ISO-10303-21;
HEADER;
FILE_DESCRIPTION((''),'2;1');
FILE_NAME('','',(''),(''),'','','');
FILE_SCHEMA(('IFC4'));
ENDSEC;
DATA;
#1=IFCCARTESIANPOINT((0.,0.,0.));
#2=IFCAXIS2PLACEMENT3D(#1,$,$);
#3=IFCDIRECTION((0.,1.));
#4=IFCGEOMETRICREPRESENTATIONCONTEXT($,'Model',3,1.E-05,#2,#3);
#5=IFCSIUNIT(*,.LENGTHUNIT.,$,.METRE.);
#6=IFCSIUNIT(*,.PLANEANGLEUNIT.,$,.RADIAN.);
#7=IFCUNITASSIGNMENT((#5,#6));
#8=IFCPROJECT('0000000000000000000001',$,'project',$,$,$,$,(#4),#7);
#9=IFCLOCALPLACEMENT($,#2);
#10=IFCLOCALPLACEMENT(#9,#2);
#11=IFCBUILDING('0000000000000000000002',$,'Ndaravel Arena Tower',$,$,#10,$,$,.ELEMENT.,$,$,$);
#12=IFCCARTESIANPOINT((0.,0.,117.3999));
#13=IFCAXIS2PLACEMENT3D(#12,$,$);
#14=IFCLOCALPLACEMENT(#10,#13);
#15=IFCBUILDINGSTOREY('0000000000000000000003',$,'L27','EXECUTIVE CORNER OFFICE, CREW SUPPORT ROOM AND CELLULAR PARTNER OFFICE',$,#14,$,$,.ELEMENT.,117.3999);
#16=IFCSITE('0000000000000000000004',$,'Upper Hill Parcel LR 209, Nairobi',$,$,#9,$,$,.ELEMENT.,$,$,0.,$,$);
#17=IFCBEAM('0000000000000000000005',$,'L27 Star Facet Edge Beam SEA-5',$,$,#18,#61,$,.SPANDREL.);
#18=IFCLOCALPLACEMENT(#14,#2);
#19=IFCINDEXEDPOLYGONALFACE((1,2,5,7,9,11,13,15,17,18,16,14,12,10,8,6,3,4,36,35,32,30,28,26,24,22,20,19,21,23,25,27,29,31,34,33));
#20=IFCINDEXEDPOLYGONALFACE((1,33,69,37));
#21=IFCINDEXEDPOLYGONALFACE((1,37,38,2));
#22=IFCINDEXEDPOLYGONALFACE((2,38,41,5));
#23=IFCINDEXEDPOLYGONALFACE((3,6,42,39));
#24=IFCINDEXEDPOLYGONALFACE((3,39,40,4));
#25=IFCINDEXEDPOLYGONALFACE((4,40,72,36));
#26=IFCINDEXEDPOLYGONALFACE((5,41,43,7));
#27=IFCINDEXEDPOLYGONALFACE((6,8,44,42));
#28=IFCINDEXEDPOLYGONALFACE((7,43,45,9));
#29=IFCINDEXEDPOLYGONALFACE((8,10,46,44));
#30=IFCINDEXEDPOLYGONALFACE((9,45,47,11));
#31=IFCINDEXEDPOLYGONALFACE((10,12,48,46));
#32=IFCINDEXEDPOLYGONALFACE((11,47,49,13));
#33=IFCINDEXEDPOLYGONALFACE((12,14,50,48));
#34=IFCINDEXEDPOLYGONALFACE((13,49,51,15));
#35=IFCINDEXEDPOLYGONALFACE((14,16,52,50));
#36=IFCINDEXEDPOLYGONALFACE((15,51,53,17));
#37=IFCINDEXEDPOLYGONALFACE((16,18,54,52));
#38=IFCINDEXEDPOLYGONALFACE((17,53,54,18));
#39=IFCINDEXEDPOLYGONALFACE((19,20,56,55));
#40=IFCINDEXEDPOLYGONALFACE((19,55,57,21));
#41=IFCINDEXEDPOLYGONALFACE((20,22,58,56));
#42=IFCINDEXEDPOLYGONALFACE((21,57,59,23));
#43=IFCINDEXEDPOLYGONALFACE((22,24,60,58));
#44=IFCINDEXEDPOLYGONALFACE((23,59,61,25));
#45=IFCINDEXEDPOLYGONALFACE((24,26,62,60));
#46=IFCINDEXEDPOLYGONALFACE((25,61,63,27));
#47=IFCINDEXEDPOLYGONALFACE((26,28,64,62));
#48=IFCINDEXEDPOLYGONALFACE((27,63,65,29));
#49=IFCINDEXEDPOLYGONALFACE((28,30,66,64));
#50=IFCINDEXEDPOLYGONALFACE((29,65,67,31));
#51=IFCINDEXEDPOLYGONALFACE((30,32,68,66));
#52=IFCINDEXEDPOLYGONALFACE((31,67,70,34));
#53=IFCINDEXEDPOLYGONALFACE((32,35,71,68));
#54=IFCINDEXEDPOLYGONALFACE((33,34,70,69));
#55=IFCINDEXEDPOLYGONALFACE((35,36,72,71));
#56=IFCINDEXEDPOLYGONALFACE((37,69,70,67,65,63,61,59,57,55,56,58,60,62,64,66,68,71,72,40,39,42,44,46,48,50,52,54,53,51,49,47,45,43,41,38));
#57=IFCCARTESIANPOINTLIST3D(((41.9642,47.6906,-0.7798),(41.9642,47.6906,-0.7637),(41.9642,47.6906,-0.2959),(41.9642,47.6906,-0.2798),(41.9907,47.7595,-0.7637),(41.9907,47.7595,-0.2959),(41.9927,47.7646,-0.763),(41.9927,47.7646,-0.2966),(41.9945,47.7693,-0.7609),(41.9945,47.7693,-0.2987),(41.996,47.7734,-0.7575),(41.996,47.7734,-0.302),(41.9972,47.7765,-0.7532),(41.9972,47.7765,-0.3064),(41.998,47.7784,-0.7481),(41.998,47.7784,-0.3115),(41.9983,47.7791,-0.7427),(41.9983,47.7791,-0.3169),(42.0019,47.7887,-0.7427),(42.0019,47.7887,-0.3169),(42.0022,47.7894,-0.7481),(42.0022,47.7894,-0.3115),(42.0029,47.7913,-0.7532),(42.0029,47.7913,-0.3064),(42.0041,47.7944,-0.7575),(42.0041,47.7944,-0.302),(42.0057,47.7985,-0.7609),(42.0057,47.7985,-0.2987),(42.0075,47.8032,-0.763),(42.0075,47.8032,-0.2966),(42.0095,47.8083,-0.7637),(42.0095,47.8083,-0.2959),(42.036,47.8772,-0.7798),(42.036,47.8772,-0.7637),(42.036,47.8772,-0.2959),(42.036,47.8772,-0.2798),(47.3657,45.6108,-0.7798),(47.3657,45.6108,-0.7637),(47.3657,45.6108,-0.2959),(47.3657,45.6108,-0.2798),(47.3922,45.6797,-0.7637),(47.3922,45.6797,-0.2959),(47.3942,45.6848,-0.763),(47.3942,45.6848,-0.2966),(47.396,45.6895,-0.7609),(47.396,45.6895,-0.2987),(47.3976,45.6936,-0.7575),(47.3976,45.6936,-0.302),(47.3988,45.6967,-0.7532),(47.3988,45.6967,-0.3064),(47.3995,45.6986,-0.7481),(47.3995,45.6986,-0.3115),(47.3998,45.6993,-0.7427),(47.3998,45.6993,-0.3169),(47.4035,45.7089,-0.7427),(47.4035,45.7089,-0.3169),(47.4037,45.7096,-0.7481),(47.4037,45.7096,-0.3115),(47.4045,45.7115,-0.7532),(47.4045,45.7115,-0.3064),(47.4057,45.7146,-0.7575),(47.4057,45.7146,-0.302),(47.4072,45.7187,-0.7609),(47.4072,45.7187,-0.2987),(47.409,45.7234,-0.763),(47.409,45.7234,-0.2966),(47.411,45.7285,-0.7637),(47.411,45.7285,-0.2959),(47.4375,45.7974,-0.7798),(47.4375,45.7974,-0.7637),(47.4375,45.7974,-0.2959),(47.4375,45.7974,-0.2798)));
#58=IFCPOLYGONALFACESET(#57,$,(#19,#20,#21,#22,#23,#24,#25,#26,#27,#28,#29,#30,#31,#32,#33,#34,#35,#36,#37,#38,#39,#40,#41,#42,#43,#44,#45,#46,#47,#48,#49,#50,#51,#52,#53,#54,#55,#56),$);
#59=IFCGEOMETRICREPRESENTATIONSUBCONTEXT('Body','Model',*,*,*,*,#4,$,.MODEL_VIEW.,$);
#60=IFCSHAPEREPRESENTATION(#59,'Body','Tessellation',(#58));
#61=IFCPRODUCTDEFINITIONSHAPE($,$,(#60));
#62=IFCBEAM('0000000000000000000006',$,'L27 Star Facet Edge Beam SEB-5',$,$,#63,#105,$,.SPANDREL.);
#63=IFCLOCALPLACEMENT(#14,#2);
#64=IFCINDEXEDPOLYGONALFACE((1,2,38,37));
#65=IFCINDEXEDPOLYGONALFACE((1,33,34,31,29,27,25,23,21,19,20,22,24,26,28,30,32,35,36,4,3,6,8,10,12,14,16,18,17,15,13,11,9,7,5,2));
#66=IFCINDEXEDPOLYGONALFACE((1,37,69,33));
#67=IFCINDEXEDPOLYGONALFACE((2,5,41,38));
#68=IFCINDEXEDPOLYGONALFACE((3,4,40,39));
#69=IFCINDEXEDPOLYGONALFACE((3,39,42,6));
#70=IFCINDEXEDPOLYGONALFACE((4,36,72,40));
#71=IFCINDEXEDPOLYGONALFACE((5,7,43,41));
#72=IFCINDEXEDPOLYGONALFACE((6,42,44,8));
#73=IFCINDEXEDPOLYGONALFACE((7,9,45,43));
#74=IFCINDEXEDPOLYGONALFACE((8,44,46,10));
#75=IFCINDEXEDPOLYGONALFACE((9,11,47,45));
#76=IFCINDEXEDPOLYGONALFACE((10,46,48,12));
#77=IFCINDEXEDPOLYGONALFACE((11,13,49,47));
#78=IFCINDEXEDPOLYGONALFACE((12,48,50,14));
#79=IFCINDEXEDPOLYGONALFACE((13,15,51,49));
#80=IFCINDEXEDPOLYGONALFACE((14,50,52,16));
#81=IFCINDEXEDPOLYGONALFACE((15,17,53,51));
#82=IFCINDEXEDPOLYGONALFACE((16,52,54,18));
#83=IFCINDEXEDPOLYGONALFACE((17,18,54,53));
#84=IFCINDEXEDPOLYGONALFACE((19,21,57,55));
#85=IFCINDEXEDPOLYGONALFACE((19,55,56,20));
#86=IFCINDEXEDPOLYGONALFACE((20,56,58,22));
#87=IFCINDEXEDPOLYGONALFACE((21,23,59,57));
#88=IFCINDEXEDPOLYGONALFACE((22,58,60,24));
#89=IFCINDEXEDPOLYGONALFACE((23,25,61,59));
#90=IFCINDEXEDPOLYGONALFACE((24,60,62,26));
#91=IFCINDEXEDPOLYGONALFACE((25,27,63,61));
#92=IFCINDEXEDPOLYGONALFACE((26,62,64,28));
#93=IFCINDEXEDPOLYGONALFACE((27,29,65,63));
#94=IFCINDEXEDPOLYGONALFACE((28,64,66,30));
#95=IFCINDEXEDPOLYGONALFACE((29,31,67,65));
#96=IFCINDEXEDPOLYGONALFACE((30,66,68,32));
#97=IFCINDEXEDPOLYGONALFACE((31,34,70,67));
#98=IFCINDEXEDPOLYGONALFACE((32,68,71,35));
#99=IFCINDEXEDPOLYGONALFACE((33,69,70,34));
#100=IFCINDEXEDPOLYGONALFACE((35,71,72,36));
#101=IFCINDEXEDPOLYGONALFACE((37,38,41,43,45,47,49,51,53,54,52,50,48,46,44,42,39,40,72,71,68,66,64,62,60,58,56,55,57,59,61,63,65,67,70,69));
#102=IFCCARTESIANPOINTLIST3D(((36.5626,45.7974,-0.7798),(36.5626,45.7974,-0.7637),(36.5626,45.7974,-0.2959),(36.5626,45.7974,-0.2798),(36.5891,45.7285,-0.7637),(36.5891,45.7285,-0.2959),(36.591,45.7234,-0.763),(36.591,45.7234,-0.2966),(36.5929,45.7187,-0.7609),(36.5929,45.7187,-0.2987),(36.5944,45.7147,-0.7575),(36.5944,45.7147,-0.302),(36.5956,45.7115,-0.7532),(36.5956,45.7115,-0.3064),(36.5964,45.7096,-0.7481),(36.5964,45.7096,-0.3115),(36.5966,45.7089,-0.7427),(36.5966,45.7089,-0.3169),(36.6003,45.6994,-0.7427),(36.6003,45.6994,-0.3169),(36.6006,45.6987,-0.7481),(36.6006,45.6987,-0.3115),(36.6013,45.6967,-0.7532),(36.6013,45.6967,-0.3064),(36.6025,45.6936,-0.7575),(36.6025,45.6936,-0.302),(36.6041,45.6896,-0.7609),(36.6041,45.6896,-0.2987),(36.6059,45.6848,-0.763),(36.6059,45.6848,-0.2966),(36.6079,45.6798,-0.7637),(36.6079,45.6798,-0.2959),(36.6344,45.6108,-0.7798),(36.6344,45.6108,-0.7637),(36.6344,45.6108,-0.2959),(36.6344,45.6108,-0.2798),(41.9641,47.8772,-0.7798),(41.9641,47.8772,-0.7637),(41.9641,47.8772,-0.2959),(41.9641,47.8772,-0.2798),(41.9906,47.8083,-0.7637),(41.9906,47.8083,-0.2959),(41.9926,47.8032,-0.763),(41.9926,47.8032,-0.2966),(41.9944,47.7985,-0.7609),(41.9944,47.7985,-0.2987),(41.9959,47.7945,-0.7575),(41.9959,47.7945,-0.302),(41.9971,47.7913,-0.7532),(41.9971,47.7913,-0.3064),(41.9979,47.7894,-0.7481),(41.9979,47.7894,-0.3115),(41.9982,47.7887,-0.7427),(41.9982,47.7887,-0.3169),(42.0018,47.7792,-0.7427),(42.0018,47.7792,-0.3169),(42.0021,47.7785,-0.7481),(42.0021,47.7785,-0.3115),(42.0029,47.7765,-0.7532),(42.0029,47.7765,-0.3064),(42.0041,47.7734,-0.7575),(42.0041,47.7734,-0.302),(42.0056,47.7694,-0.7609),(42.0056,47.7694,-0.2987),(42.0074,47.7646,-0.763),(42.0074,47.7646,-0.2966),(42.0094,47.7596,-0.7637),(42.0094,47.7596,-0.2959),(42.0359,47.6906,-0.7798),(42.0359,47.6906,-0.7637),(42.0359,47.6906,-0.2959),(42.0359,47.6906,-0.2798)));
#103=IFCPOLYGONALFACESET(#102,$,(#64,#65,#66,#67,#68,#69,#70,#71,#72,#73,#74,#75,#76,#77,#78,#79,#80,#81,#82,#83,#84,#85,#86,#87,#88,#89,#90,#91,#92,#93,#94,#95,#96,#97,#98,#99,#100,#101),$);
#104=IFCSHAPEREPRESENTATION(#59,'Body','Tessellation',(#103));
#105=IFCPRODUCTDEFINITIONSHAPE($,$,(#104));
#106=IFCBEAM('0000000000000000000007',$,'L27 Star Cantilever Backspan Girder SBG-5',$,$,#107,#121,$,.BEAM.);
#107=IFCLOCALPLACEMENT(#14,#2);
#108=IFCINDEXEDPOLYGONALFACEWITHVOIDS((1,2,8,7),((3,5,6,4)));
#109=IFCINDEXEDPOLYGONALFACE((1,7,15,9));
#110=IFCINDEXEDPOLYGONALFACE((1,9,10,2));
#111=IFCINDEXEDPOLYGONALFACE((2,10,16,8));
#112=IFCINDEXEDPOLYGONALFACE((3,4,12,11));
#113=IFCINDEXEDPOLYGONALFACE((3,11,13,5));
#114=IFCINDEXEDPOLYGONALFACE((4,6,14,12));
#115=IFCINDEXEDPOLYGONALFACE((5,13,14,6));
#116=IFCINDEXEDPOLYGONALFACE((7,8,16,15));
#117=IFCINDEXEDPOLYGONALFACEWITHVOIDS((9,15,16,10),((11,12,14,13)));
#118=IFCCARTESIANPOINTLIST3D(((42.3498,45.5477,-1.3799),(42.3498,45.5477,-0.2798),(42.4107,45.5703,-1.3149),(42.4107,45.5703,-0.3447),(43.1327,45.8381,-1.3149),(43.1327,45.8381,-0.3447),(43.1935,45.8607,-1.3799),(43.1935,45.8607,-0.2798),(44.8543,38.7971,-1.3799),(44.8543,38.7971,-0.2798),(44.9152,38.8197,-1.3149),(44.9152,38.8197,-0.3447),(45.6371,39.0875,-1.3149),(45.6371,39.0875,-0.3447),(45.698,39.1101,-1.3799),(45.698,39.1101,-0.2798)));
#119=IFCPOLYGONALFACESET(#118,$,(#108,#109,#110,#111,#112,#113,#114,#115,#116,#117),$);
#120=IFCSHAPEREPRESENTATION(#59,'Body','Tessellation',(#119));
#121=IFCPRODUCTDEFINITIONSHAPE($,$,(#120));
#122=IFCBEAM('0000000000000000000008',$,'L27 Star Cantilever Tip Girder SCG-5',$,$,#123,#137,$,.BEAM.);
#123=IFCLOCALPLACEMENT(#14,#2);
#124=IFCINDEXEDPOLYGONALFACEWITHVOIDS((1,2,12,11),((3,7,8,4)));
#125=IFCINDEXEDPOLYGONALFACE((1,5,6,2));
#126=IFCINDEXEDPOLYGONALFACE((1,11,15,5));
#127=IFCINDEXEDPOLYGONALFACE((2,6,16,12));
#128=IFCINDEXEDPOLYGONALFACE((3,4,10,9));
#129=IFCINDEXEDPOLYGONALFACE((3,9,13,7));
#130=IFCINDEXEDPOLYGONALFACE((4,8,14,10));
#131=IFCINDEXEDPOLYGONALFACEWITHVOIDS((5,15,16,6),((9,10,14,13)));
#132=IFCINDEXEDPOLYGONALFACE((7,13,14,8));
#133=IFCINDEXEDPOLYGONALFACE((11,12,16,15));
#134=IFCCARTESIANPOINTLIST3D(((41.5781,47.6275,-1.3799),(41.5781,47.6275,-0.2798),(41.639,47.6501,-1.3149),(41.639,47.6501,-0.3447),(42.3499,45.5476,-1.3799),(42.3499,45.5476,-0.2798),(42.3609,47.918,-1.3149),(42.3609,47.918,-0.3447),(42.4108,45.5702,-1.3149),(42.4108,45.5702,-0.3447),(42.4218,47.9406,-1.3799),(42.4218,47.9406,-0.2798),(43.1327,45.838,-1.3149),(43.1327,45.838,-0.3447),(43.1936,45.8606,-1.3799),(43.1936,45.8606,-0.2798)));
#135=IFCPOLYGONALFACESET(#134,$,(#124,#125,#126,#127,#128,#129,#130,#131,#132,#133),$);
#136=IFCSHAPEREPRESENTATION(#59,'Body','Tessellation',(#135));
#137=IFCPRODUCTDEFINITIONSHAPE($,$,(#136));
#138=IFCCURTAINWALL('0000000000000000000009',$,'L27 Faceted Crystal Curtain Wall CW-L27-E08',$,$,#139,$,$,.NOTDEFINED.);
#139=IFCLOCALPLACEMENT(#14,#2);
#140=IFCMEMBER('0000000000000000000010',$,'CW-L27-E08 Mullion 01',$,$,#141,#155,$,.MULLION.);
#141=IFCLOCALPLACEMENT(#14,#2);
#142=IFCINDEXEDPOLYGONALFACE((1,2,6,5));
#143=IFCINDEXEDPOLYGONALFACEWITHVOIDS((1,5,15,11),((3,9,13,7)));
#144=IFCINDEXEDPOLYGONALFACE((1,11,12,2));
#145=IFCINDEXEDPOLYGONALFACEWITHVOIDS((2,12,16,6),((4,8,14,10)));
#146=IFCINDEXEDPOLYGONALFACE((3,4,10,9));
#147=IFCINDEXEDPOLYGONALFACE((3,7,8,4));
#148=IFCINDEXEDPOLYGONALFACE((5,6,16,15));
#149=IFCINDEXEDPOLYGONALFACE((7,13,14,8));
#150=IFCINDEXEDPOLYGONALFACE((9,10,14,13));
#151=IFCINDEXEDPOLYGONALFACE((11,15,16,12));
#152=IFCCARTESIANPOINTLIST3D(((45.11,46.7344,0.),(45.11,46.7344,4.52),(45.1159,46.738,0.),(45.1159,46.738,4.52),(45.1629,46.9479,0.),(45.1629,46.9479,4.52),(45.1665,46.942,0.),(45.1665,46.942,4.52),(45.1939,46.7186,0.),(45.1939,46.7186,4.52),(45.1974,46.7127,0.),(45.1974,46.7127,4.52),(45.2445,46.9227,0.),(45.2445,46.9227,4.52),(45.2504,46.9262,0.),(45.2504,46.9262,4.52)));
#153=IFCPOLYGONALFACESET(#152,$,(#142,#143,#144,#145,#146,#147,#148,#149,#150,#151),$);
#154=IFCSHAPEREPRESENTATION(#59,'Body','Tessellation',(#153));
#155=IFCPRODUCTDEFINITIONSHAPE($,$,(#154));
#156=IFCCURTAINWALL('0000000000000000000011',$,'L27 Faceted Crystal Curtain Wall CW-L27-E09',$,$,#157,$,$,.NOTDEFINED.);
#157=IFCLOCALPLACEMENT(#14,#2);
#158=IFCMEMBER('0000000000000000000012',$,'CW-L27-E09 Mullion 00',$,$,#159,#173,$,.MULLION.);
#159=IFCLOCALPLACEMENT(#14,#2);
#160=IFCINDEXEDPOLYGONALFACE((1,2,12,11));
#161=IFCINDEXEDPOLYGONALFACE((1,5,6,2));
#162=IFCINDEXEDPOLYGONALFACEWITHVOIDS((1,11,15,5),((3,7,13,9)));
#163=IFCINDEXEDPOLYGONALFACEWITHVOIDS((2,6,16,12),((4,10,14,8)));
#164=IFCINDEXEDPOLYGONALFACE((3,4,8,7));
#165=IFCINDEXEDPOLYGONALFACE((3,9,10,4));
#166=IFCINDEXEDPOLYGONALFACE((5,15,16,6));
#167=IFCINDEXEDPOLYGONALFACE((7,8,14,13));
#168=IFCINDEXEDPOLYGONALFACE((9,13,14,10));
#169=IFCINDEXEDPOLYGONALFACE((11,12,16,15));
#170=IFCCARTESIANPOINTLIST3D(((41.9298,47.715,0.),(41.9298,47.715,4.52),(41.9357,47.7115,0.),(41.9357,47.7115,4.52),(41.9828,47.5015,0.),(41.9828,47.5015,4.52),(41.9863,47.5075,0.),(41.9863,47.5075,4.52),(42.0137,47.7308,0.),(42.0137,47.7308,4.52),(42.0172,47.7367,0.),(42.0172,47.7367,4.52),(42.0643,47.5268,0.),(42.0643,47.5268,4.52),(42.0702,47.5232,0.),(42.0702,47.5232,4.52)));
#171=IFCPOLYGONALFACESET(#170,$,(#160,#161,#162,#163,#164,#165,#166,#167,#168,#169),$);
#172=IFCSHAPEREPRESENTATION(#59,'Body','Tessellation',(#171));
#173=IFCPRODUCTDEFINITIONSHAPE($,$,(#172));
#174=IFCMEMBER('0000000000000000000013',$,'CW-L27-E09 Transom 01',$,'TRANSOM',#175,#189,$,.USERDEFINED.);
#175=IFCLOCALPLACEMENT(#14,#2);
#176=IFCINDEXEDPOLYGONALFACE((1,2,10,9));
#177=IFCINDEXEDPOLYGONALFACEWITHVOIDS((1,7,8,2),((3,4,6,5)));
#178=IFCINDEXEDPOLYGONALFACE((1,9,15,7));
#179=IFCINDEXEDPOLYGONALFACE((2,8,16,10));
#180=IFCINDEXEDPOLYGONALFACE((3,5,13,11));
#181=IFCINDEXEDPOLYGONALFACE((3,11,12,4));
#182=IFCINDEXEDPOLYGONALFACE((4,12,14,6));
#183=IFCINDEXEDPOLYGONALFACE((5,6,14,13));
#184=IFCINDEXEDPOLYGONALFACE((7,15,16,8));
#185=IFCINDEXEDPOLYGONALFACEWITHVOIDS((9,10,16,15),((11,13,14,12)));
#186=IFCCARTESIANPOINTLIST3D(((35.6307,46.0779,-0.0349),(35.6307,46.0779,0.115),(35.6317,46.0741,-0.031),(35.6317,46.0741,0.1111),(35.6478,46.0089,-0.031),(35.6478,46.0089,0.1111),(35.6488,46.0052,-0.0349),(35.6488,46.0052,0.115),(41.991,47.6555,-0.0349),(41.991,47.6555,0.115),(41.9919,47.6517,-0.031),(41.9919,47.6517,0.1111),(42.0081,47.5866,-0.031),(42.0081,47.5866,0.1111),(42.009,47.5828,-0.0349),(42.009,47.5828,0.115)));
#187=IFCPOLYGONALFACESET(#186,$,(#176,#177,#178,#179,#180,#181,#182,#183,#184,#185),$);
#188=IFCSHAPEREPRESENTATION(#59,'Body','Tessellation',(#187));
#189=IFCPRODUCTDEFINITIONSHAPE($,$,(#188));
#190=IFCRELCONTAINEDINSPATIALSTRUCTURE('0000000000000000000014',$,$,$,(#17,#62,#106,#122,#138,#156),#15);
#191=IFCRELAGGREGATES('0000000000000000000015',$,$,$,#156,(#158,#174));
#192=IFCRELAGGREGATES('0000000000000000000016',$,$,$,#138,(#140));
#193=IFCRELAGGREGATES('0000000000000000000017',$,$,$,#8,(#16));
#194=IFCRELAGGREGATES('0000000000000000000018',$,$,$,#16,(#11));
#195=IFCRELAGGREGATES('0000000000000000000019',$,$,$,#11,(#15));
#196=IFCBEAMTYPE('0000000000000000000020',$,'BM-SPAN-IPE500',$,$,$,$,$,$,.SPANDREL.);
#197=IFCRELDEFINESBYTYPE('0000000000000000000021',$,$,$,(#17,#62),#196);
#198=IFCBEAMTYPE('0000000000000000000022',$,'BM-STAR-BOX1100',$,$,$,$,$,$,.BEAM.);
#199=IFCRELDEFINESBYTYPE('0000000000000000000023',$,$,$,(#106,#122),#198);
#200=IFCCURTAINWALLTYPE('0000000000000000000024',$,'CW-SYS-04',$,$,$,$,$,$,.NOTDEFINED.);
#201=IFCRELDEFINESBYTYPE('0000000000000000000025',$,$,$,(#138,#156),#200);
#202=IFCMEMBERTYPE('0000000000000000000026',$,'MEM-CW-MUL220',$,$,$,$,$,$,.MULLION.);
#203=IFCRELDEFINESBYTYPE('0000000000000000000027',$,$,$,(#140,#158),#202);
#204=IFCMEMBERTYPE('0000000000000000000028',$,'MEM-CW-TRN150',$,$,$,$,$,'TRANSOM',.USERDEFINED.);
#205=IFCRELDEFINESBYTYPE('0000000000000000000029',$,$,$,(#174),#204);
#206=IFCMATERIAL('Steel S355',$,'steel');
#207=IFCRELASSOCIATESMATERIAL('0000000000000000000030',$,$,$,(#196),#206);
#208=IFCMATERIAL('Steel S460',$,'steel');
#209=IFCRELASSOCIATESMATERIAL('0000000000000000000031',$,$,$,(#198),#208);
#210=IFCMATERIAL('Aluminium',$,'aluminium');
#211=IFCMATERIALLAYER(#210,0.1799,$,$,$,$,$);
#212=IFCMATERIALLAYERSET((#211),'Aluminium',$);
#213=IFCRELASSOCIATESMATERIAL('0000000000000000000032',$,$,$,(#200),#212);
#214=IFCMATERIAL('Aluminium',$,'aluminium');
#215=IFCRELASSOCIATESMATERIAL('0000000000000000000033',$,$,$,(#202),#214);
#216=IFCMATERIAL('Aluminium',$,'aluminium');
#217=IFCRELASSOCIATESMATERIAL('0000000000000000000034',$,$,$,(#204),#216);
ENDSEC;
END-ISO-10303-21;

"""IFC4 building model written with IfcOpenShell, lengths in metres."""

from ifc_helpers import new_model, si_unit, direction, frame, origin, origin_2d, place, context, subcontext, project, spatial, hollow_rectangle, i_section, extrude, material, layer, layer_set, material_profile, profile_set, type_object, element, aggregate, save


model = new_model("IFC4")

# Units and contexts
model_context = context("Model", 3, precision=1e-05, world=origin(), true_north=direction((0.0, 1.0)))
body_context = subcontext(model_context, "Body", "Model", "MODEL_VIEW")
ifc_project = project(units=[si_unit("LENGTHUNIT", "METRE"), si_unit("PLANEANGLEUNIT", "RADIAN")], contexts=[model_context])

# Site, building, storey
site_placement = place(None, origin())
site = spatial("IfcSite", under=ifc_project, at=site_placement, Name="Upper Hill Parcel LR 209, Nairobi", CompositionType="ELEMENT", RefElevation=0.0)
building_placement = place(site_placement, origin())
building = spatial("IfcBuilding", under=site, at=building_placement, Name="Ndaravel Arena Tower", CompositionType="ELEMENT")
storey_placement = place(building_placement, frame((0.0, 0.0, 117.3999)))
storey = spatial("IfcBuildingStorey", under=building, at=storey_placement, Name="L27", Description="EXECUTIVE CORNER OFFICE, CREW SUPPORT ROOM AND CELLULAR PARTNER OFFICE", CompositionType="ELEMENT", Elevation=117.3999)

# Beams
ifc_material_1 = material(Name="Steel S355", Category="steel")
ifc_material_profile_1 = material_profile(ifc_material_1, i_section(OverallWidth=0.2, OverallDepth=0.5, WebThickness=0.0103, FlangeThickness=0.0161, FilletRadius=0.021, at=origin_2d()), Name="IPE 500")
ifc_profile_set_1 = profile_set([ifc_material_profile_1], Name="Steel S355")
beam_type_1 = type_object("IfcBeamType", Name="BM-SPAN-IPE500", PredefinedType="SPANDREL", material=ifc_profile_set_1)
for number, where, z_axis, x_axis, name in (
    (1, (47.4016, 45.7041, -0.5298), (-0.933213, 0.359324, 0.0), (-0.359324, -0.933213, 0.0), "L27 Star Facet Edge Beam SEA-5"),
    (2, (42.0, 47.7839, -0.5298), (-0.933213, -0.359324, 0.0), (0.359324, -0.933213, 0.0), "L27 Star Facet Edge Beam SEB-5"),
):
    element("IfcBeam", number, at=place(storey_placement, frame(where, z_axis=z_axis, x_axis=x_axis)), inside=storey, type_object=beam_type_1, Name=name, PredefinedType="SPANDREL", context=body_context, shape_type="SweptSolid", body=[
        extrude(i_section(OverallWidth=0.2, OverallDepth=0.5, WebThickness=0.0103, FlangeThickness=0.0161, FilletRadius=0.021, at=origin_2d()), origin(), (0.0, 0.0, 1.0), 5.7881),
    ])
ifc_material_2 = material(Name="Steel S460", Category="steel")
ifc_material_profile_2 = material_profile(ifc_material_2, hollow_rectangle(XDim=0.8999, YDim=1.1001, WallThickness=0.0649, at=origin_2d()), Name="BOX 1100x900x65")
ifc_profile_set_2 = profile_set([ifc_material_profile_2], Name="Steel S460")
beam_type_2 = type_object("IfcBeamType", Name="BM-STAR-BOX1100", PredefinedType="BEAM", material=ifc_profile_set_2)
beam_1_placement = place(storey_placement, frame((45.2761, 38.9536, -0.8298), z_axis=(-0.347829, 0.937558, 0.0), x_axis=(-0.937558, -0.347829, 0.0)))
element("IfcBeam", 3, at=beam_1_placement, inside=storey, type_object=beam_type_2, Name="L27 Star Cantilever Backspan Girder SBG-5", PredefinedType="BEAM", context=body_context, shape_type="SweptSolid", body=[
    extrude(hollow_rectangle(XDim=0.8999, YDim=1.1001, WallThickness=0.0649, at=origin_2d()), origin(), (0.0, 0.0, 1.0), 7.2002),
])
beam_2_placement = place(storey_placement, frame((42.7717, 45.7041, -0.8298), z_axis=(-0.347877, 0.93754, 0.0), x_axis=(-0.93754, -0.347877, 0.0)))
element("IfcBeam", 4, at=beam_2_placement, inside=storey, type_object=beam_type_2, Name="L27 Star Cantilever Tip Girder SCG-5", PredefinedType="BEAM", context=body_context, shape_type="SweptSolid", body=[
    extrude(hollow_rectangle(XDim=0.8999, YDim=1.1001, WallThickness=0.0649, at=origin_2d()), origin(), (0.0, 0.0, 1.0), 2.2185),
])

# Curtain wall, member
ifc_material_3 = material(Name="Aluminium", Category="aluminium")
ifc_layer_1 = layer(ifc_material_3, 0.1799)
ifc_layer_set_1 = layer_set([ifc_layer_1], Name="Aluminium")
curtain_wall_type = type_object("IfcCurtainWallType", Name="CW-SYS-04", PredefinedType="NOTDEFINED", material=ifc_layer_set_1)
curtain_wall_1_placement = place(storey_placement, origin())
curtain_wall_1 = element("IfcCurtainWall", 5, at=curtain_wall_1_placement, inside=storey, type_object=curtain_wall_type, Name="L27 Faceted Crystal Curtain Wall CW-L27-E08", PredefinedType="NOTDEFINED")
ifc_material_4 = material(Name="Aluminium", Category="aluminium")
ifc_material_profile_3 = material_profile(ifc_material_4, hollow_rectangle(XDim=0.0901, YDim=0.22, WallThickness=0.0049, at=origin_2d()), Name="CW MULLION 90x220x5")
ifc_profile_set_3 = profile_set([ifc_material_profile_3], Name="Aluminium")
member_type_1 = type_object("IfcMemberType", Name="MEM-CW-MUL220", PredefinedType="MULLION", material=ifc_profile_set_3)
member_1_placement = place(storey_placement, frame((45.1802, 46.8303, 0.0), z_axis=(0.0, 0.0, 1.0), x_axis=(-0.970586, 0.240753, 0.0)))
member_1 = element("IfcMember", 6, at=member_1_placement, type_object=member_type_1, Name="CW-L27-E08 Mullion 01", PredefinedType="MULLION", context=body_context, shape_type="SweptSolid", body=[
    extrude(hollow_rectangle(XDim=0.0901, YDim=0.22, WallThickness=0.0049, at=origin_2d()), origin(), (0.0, 0.0, 1.0), 4.52),
])

# Curtain wall, members
curtain_wall_2_placement = place(storey_placement, origin())
curtain_wall_2 = element("IfcCurtainWall", 7, at=curtain_wall_2_placement, inside=storey, type_object=curtain_wall_type, Name="L27 Faceted Crystal Curtain Wall CW-L27-E09", PredefinedType="NOTDEFINED")
member_2_placement = place(storey_placement, frame((42.0, 47.6191, 0.0), z_axis=(0.0, 0.0, 1.0), x_axis=(-0.970586, -0.240753, 0.0)))
member_2 = element("IfcMember", 8, at=member_2_placement, type_object=member_type_1, Name="CW-L27-E09 Mullion 00", PredefinedType="MULLION", context=body_context, shape_type="SweptSolid", body=[
    extrude(hollow_rectangle(XDim=0.0901, YDim=0.22, WallThickness=0.0049, at=origin_2d()), origin(), (0.0, 0.0, 1.0), 4.52),
])
ifc_material_5 = material(Name="Aluminium", Category="aluminium")
ifc_material_profile_4 = material_profile(ifc_material_5, hollow_rectangle(XDim=0.075, YDim=0.1499, WallThickness=0.0039, at=origin_2d()), Name="CW TRANSOM 75x150x4")
ifc_profile_set_4 = profile_set([ifc_material_profile_4], Name="Aluminium")
member_type_2 = type_object("IfcMemberType", Name="MEM-CW-TRN150", ElementType="TRANSOM", PredefinedType="USERDEFINED", material=ifc_profile_set_4)
member_3_placement = place(storey_placement, frame((42.0, 47.6191, 0.04), z_axis=(-0.970588, -0.240747, 0.0), x_axis=(0.240747, -0.970588, 0.0)))
member_3 = element("IfcMember", 9, at=member_3_placement, type_object=member_type_2, Name="CW-L27-E09 Transom 01", ObjectType="TRANSOM", PredefinedType="USERDEFINED", context=body_context, shape_type="SweptSolid", body=[
    extrude(hollow_rectangle(XDim=0.075, YDim=0.1499, WallThickness=0.0039, at=origin_2d()), origin(), (0.0, 0.0, 1.0), 6.553),
])
aggregate(curtain_wall_2, [member_2, member_3])

aggregate(curtain_wall_1, [member_1])

save(model, "model.ifc")
